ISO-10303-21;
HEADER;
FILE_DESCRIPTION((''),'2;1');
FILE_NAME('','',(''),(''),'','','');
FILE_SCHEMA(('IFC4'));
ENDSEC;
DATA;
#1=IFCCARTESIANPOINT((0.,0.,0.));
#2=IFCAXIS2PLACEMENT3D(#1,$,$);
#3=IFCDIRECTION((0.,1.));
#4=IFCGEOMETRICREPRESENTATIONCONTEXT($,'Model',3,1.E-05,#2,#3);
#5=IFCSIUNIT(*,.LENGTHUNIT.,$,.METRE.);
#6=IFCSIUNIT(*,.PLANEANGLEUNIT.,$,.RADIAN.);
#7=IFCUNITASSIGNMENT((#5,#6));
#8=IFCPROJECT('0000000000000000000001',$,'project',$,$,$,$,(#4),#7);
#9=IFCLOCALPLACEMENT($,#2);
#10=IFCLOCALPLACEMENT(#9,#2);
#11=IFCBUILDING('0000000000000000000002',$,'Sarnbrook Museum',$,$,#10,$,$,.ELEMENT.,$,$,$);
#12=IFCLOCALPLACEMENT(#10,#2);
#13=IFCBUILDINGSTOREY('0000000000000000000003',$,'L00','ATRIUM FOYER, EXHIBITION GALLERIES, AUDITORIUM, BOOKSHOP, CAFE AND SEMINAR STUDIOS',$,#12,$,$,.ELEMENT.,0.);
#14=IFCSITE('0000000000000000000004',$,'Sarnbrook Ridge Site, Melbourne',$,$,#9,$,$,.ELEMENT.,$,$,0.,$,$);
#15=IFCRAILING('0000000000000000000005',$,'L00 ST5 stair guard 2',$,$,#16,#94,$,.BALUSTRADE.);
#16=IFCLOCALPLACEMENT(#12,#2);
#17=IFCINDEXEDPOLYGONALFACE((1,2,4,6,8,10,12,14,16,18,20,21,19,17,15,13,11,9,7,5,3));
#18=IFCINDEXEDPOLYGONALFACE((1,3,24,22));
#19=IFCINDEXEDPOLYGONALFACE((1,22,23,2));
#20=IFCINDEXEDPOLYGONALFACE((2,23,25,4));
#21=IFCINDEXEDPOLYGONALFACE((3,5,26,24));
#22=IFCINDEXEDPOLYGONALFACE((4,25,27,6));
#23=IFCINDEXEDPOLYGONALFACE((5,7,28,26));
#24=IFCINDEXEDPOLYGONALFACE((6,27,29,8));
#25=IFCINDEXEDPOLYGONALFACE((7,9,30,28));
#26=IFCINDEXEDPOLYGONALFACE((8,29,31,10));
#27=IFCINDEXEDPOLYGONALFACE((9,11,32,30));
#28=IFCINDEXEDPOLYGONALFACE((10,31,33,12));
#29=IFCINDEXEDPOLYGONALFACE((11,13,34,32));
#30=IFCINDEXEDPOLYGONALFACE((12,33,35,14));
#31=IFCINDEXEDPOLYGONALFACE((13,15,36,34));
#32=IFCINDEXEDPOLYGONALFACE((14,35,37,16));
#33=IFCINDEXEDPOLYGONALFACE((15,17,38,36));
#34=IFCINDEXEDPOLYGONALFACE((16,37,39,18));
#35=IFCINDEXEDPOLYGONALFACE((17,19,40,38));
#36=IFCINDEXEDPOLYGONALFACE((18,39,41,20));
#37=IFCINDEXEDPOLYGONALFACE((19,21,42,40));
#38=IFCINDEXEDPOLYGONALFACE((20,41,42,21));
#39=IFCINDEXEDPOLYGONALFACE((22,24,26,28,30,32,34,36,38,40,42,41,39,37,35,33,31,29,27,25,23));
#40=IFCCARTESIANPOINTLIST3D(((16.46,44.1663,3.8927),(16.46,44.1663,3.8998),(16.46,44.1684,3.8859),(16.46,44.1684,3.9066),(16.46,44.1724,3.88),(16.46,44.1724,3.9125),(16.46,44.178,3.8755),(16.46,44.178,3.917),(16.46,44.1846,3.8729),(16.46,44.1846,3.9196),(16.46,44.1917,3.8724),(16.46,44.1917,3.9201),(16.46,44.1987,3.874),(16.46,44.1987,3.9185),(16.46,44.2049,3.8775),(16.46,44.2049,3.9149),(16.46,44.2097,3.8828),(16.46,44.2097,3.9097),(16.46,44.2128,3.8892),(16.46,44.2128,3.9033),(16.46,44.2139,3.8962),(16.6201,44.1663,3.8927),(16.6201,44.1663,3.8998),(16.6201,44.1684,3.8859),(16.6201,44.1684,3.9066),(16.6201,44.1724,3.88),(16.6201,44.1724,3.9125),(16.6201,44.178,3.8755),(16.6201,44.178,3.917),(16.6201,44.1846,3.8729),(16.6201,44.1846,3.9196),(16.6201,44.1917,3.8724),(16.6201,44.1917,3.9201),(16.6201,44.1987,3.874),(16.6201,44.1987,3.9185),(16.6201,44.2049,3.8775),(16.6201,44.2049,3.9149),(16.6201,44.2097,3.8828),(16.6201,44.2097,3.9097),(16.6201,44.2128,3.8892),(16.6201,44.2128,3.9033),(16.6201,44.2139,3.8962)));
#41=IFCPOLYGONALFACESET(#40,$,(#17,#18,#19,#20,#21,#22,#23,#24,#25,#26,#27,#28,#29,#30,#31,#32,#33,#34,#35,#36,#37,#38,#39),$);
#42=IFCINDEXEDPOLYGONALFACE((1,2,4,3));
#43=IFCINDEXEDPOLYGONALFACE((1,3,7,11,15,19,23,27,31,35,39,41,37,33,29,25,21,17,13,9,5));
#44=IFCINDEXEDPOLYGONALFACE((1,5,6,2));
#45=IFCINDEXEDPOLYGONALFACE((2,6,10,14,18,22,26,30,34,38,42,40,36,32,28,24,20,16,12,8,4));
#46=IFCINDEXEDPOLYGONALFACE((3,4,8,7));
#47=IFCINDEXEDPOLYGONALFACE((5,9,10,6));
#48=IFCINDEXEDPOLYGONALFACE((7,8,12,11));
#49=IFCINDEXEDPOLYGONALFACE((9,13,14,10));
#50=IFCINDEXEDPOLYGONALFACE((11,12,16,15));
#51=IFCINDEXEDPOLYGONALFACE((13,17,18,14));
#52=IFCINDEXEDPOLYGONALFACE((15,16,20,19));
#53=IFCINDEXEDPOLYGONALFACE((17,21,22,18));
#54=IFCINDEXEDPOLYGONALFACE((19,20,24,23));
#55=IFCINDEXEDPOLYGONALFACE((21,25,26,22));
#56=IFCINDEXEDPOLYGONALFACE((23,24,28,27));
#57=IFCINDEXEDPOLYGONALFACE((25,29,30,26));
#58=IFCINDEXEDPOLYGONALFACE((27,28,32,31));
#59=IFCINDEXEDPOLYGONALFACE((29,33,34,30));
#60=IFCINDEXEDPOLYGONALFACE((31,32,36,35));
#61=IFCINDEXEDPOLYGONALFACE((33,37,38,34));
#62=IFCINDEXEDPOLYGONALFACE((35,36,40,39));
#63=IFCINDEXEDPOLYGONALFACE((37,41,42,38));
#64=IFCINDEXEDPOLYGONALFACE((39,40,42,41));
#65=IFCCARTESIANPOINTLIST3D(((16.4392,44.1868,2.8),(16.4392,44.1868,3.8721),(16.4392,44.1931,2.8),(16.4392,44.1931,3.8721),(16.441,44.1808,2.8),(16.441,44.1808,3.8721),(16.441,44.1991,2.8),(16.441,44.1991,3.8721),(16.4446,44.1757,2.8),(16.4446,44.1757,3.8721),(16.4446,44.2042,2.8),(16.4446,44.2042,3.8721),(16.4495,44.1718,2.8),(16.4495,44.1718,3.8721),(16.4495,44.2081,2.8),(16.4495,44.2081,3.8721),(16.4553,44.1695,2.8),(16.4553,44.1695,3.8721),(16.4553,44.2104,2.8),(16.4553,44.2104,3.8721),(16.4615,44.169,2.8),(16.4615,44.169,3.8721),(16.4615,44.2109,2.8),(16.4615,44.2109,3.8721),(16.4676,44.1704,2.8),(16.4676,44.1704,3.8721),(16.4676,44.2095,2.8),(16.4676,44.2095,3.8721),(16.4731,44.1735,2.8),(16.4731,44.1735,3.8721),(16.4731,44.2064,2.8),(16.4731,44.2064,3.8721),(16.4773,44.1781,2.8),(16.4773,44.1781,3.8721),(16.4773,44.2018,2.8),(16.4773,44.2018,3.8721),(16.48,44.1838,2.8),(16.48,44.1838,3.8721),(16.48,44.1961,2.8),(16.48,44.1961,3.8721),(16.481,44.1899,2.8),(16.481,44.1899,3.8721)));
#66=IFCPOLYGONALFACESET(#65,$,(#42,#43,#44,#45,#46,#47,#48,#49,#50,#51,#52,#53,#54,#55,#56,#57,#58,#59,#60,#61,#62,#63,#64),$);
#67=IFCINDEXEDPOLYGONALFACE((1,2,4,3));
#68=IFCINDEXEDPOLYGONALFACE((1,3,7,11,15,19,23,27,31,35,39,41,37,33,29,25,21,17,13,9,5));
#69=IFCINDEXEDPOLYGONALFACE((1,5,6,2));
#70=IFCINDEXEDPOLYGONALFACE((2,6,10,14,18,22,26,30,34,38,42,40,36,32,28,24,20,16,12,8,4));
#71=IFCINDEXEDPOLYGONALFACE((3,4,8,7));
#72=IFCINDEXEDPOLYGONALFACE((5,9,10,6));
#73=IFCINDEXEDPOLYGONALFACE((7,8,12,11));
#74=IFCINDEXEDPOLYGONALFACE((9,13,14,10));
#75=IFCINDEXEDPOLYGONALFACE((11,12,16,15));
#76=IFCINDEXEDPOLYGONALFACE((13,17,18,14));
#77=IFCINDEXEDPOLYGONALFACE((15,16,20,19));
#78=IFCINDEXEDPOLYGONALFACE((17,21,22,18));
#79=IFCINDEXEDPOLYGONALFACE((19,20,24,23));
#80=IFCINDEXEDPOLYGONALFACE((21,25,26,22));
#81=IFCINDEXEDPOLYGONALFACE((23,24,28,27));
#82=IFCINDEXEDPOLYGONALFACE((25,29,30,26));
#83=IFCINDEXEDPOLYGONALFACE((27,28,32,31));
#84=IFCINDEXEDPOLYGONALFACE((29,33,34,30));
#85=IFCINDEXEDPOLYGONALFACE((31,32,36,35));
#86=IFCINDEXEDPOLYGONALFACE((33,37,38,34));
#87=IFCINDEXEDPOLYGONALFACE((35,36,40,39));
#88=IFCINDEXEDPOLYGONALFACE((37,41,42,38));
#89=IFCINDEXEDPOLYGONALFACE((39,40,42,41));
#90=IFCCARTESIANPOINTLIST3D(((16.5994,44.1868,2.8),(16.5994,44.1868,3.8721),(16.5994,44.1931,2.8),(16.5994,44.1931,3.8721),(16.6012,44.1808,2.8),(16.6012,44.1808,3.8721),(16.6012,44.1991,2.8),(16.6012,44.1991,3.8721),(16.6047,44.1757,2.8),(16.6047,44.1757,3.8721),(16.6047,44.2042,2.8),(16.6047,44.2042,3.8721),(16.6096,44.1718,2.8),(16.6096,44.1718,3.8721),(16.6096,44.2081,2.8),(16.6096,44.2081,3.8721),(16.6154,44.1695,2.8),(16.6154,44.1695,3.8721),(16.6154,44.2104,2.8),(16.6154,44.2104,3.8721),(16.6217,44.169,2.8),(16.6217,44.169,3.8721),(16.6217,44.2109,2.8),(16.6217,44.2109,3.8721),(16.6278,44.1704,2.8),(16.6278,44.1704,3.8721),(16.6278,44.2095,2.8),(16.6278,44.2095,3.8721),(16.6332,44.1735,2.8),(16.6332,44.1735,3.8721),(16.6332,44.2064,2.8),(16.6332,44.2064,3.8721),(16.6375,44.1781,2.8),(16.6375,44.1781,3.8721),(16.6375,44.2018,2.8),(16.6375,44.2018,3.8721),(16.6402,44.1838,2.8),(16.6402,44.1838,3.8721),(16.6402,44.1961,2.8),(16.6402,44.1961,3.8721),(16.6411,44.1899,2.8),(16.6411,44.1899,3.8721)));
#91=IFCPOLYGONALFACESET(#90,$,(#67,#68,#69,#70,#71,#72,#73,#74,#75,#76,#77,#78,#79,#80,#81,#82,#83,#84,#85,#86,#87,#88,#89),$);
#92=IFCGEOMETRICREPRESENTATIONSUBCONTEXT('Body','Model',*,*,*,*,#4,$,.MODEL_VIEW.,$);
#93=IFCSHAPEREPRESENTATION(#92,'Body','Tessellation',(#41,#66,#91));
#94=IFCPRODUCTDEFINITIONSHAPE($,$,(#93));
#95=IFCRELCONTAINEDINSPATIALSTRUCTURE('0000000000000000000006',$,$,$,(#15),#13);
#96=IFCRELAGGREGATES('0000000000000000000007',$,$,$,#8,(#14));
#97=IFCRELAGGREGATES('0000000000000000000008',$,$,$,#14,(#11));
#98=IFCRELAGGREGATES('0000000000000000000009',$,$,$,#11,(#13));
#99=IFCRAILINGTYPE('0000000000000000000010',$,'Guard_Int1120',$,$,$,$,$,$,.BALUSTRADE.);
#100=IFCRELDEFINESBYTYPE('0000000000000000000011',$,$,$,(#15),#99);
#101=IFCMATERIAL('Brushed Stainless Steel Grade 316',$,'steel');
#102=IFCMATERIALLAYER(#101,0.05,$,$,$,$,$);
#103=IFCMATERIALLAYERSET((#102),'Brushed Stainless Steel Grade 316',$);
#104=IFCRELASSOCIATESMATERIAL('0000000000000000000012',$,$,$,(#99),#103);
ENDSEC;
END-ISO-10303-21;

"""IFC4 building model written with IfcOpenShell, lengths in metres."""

from ifc_helpers import new_model, si_unit, direction, frame, origin, origin_2d, place, context, subcontext, project, spatial, circle, extrude, material, layer, layer_set, type_object, element, save


model = new_model("IFC4")

# Units and contexts
model_context = context("Model", 3, precision=1e-05, world=origin(), true_north=direction((0.0, 1.0)))
body_context = subcontext(model_context, "Body", "Model", "MODEL_VIEW")
ifc_project = project(units=[si_unit("LENGTHUNIT", "METRE"), si_unit("PLANEANGLEUNIT", "RADIAN")], contexts=[model_context])

# Site, building, storey
site_placement = place(None, origin())
site = spatial("IfcSite", under=ifc_project, at=site_placement, Name="Sarnbrook Ridge Site, Melbourne", CompositionType="ELEMENT", RefElevation=0.0)
building_placement = place(site_placement, origin())
building = spatial("IfcBuilding", under=site, at=building_placement, Name="Sarnbrook Museum", CompositionType="ELEMENT")
storey_placement = place(building_placement, origin())
storey = spatial("IfcBuildingStorey", under=building, at=storey_placement, Name="L00", Description="ATRIUM FOYER, EXHIBITION GALLERIES, AUDITORIUM, BOOKSHOP, CAFE AND SEMINAR STUDIOS", CompositionType="ELEMENT", Elevation=0.0)

# Railing
ifc_material_1 = material(Name="Brushed Stainless Steel Grade 316", Category="steel")
ifc_layer_1 = layer(ifc_material_1, 0.05)
ifc_layer_set_1 = layer_set([ifc_layer_1], Name="Brushed Stainless Steel Grade 316")
railing_type_1 = type_object("IfcRailingType", Name="Guard_Int1120", PredefinedType="BALUSTRADE", material=ifc_layer_set_1)
railing_1_placement = place(storey_placement, frame((16.46, 44.1899, 2.8)))
element("IfcRailing", 1, at=railing_1_placement, inside=storey, type_object=railing_type_1, Name="L00 ST5 stair guard 2", PredefinedType="BALUSTRADE", context=body_context, shape_type="SweptSolid", body=[
    extrude(circle(Radius=0.0239, at=origin_2d()), frame((0.0, 0.0, 1.0962), z_axis=(1.0, 0.0, 0.0), x_axis=(0.0, 1.0, 0.0)), (0.0, 0.0, 1.0), 0.1602),
    extrude(circle(Radius=0.021, at=origin_2d()), origin(), (0.0, 0.0, 1.0), 1.072),
    extrude(circle(Radius=0.021, at=origin_2d()), frame((0.1602, 0.0, 0.0)), (0.0, 0.0, 1.0), 1.072),
])

save(model, "model.ifc")
